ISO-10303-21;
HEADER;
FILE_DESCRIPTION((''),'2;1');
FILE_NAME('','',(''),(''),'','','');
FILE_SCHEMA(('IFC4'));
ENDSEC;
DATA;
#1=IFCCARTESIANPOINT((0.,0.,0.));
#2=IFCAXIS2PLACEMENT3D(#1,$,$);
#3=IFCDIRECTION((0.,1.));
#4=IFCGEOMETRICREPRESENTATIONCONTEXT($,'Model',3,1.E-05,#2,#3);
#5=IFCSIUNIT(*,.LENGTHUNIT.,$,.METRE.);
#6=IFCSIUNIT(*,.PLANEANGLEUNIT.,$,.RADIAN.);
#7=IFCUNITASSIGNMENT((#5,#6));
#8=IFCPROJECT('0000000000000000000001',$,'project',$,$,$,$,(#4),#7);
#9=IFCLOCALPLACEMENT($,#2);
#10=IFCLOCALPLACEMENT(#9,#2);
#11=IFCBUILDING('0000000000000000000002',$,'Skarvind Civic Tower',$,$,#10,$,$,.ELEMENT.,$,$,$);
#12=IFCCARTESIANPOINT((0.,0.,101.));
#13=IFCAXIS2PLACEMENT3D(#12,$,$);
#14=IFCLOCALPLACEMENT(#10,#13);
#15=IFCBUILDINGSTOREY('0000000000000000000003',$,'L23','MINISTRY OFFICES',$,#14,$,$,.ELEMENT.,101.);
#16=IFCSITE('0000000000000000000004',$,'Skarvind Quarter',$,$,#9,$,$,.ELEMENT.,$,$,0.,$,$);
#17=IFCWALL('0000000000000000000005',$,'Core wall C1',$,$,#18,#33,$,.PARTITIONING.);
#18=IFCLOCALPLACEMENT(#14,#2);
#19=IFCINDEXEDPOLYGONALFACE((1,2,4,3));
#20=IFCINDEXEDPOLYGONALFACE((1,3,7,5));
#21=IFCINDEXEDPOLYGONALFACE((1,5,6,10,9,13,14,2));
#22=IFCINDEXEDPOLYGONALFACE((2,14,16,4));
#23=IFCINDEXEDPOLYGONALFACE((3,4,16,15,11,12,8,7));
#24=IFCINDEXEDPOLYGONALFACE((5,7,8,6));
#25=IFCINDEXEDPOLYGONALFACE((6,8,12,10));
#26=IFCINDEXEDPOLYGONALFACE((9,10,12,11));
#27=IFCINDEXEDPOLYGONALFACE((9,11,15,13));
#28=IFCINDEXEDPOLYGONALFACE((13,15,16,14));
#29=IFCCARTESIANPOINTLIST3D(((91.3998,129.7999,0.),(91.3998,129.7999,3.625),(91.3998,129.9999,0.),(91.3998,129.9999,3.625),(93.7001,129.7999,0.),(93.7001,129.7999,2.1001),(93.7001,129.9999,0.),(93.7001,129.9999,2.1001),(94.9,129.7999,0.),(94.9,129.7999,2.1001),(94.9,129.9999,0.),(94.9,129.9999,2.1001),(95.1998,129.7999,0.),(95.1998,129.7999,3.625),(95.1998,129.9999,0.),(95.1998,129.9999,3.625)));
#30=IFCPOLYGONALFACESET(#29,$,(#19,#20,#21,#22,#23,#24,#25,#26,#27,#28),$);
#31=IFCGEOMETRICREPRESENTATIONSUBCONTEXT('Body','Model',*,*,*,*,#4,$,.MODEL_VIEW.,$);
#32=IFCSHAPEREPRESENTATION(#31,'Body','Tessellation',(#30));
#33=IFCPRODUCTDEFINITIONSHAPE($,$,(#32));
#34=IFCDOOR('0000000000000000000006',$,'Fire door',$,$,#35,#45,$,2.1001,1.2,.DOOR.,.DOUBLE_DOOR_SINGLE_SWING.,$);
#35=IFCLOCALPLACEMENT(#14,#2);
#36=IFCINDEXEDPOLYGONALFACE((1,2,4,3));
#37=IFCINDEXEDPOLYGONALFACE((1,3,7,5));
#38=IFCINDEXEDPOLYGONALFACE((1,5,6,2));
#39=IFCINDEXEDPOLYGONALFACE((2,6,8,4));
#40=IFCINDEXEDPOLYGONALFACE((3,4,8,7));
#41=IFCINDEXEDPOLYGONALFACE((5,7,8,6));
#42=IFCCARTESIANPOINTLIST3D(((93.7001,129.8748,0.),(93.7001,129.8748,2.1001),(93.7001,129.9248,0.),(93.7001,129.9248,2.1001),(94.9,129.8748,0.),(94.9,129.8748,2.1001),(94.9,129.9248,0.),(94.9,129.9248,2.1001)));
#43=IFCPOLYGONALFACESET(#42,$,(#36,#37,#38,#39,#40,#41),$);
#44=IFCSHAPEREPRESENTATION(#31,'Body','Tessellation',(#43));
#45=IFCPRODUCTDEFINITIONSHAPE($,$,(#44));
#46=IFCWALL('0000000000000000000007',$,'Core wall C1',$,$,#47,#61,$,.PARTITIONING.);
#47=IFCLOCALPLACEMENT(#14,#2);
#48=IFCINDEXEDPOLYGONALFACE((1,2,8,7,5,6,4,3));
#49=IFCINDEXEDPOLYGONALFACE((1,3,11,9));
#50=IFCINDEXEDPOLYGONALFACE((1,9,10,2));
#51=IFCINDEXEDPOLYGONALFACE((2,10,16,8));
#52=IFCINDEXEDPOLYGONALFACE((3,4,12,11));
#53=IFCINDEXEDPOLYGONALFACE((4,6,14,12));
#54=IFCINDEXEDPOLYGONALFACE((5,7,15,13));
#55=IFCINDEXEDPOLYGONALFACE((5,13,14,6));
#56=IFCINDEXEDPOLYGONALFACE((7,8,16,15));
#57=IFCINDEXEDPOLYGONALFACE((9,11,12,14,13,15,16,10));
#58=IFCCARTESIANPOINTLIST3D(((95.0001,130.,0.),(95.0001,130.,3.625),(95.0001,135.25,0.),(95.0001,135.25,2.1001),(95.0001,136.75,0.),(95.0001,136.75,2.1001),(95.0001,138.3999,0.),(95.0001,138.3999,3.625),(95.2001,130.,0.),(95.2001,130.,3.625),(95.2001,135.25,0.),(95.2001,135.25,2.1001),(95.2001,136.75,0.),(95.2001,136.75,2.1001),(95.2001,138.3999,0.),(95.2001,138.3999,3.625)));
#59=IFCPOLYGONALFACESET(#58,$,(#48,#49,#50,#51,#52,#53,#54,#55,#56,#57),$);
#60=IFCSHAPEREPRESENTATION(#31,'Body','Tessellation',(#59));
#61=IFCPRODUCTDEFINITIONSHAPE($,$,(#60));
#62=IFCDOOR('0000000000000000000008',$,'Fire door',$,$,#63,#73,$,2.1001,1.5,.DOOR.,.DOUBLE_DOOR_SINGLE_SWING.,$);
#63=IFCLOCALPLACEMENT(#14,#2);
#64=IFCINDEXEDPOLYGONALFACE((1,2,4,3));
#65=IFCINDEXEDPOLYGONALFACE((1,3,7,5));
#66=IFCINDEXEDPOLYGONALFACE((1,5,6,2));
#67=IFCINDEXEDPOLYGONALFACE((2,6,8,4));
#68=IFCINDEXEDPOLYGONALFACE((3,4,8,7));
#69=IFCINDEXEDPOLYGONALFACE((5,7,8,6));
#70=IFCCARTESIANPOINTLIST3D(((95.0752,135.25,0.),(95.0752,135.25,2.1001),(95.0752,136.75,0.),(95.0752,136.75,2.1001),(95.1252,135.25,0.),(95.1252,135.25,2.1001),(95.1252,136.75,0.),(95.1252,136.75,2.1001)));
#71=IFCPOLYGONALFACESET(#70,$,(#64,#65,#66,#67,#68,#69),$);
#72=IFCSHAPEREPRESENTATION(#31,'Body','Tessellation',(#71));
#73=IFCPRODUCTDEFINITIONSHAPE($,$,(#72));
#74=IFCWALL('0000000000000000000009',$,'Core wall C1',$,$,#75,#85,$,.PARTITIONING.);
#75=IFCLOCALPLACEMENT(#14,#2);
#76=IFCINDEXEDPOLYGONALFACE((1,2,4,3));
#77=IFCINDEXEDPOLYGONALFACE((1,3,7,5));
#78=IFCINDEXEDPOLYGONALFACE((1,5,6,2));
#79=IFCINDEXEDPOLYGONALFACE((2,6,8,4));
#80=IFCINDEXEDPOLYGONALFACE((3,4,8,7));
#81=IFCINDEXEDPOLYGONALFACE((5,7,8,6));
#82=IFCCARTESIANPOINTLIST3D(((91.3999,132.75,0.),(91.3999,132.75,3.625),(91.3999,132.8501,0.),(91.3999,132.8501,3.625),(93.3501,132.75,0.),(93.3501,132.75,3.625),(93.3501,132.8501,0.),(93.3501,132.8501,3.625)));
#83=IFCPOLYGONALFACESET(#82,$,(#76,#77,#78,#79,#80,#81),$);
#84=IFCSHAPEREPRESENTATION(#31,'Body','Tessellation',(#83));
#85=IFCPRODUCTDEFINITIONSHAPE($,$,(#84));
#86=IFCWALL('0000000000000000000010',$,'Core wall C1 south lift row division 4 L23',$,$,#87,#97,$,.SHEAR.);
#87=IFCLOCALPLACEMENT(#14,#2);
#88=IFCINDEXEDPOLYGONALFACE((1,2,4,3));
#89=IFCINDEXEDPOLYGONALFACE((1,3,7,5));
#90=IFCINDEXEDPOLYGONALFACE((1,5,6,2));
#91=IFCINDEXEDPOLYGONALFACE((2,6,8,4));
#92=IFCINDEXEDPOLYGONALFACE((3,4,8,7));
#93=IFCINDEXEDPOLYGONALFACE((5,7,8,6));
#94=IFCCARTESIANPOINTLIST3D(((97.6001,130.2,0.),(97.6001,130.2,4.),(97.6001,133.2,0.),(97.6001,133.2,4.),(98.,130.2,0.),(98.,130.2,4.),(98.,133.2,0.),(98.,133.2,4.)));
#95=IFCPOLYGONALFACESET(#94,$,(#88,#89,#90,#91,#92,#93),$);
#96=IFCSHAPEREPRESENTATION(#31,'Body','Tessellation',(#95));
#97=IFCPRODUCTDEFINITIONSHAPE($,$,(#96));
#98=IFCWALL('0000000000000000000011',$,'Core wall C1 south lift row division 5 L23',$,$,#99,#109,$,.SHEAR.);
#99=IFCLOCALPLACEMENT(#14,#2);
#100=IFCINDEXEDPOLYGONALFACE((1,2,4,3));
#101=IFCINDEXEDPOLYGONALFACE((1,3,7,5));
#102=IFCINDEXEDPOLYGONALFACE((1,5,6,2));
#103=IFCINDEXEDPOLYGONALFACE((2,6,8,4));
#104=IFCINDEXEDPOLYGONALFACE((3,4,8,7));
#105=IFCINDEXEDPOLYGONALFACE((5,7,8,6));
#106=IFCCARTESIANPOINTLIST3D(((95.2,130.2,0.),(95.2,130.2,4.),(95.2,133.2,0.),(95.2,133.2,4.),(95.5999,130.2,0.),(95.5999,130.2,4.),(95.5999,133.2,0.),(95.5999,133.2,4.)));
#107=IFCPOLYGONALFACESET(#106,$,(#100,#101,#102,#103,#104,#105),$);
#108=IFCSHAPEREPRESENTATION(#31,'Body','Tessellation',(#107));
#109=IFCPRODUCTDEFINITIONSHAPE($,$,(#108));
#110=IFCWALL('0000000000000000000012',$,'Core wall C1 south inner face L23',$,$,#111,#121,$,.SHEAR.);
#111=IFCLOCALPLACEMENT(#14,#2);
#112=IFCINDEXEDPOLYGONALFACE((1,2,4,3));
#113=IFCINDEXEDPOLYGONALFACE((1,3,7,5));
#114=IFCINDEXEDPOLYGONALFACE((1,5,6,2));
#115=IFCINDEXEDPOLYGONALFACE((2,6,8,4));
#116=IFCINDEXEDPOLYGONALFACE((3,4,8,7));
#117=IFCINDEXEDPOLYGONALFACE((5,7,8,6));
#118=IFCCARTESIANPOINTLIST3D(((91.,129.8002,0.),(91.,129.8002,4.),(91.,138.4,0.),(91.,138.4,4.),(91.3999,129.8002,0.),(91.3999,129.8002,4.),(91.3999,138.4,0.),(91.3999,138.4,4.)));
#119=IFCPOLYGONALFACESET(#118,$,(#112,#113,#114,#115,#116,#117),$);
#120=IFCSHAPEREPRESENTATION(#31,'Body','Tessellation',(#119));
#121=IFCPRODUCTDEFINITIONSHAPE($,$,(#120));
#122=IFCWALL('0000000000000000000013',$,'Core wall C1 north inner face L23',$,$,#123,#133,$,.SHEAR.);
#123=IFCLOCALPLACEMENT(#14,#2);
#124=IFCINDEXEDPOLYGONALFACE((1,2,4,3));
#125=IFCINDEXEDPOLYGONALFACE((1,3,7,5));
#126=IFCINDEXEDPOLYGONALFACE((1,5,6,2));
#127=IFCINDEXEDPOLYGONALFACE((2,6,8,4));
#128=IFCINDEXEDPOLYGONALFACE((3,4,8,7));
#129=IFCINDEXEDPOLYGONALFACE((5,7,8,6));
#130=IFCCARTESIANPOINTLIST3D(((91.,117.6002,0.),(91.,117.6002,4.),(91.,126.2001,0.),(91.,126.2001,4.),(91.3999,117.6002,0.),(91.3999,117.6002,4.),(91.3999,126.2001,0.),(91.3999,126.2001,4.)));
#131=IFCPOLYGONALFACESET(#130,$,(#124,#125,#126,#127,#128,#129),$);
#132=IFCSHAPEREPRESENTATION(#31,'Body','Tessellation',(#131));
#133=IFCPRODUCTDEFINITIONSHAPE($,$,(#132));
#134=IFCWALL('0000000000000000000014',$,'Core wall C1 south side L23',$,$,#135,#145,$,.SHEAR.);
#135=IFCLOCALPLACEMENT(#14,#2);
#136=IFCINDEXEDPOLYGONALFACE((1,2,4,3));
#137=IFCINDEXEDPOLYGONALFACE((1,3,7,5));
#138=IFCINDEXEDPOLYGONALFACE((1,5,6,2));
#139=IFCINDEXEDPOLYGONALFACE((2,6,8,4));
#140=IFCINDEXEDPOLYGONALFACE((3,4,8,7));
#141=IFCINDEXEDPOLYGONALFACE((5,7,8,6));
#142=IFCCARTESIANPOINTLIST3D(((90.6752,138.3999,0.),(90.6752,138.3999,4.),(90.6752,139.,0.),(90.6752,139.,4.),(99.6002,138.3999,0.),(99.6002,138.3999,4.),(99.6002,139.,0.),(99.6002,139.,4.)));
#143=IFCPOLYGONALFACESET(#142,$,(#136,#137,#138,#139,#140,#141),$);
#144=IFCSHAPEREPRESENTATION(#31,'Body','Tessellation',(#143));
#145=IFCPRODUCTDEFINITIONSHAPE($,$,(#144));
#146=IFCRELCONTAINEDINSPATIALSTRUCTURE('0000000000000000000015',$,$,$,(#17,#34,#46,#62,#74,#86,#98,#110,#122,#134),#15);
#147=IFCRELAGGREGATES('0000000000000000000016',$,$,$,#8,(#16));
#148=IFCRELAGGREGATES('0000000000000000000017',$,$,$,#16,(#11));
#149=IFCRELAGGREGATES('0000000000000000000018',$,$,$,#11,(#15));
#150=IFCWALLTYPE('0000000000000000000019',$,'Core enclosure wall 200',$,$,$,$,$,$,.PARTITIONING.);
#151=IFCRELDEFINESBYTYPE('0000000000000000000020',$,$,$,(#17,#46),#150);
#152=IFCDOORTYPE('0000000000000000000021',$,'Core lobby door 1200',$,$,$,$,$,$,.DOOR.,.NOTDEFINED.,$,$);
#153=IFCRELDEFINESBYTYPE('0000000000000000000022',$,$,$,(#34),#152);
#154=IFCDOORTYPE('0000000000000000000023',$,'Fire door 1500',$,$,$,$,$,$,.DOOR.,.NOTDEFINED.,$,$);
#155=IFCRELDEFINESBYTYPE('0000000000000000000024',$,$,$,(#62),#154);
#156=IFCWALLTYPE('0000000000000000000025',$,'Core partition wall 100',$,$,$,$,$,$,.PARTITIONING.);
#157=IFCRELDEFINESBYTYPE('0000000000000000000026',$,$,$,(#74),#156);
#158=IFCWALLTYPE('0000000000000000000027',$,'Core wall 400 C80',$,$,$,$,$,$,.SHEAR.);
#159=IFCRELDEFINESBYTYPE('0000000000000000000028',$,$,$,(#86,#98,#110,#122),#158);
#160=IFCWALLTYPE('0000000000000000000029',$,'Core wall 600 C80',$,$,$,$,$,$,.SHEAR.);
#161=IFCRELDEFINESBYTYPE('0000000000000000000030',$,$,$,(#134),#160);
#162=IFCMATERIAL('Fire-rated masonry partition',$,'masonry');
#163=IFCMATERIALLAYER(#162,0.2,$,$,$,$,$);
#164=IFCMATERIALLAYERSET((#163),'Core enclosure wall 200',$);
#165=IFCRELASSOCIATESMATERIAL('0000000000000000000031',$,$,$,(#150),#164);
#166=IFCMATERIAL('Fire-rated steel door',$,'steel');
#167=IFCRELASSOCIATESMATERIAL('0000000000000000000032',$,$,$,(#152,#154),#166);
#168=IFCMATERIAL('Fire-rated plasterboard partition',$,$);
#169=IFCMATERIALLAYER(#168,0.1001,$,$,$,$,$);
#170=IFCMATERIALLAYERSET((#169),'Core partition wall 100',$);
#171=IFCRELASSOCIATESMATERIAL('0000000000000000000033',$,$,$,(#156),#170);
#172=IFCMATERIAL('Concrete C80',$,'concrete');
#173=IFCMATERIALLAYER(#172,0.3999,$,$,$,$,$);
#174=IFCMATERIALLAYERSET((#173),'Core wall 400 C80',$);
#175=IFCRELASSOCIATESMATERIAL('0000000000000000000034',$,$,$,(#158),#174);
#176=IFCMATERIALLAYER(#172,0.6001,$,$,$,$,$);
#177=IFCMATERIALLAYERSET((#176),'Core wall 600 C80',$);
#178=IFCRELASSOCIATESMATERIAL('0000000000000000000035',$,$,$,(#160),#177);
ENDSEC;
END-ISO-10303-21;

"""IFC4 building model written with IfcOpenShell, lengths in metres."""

from ifc_helpers import new_model, si_unit, direction, frame, frame_2d, origin, place, context, subcontext, project, spatial, rectangle, extrude, material, layer, layer_set, type_object, element, fill, save


model = new_model("IFC4")

# Units and contexts
model_context = context("Model", 3, precision=1e-05, world=origin(), true_north=direction((0.0, 1.0)))
body_context = subcontext(model_context, "Body", "Model", "MODEL_VIEW")
ifc_project = project(units=[si_unit("LENGTHUNIT", "METRE"), si_unit("PLANEANGLEUNIT", "RADIAN")], contexts=[model_context])

# Site, building, storey
site_placement = place(None, origin())
site = spatial("IfcSite", under=ifc_project, at=site_placement, Name="Skarvind Quarter", CompositionType="ELEMENT", RefElevation=0.0)
building_placement = place(site_placement, origin())
building = spatial("IfcBuilding", under=site, at=building_placement, Name="Skarvind Civic Tower", CompositionType="ELEMENT")
storey_placement = place(building_placement, frame((0.0, 0.0, 101.0)))
storey = spatial("IfcBuildingStorey", under=building, at=storey_placement, Name="L23", Description="MINISTRY OFFICES", CompositionType="ELEMENT", Elevation=101.0)

# Walls, openings, doors
ifc_material_1 = material(Name="Fire-rated masonry partition", Category="masonry")
ifc_layer_1 = layer(ifc_material_1, 0.2)
ifc_layer_set_1 = layer_set([ifc_layer_1], Name="Core enclosure wall 200")
wall_type_1 = type_object("IfcWallType", Name="Core enclosure wall 200", PredefinedType="PARTITIONING", material=ifc_layer_set_1)
wall_1_placement = place(storey_placement, frame((91.3999, 129.8999, 0.0), z_axis=(0.0, 0.0, 1.0), x_axis=(1.0, 0.0, 0.0)))
wall_1 = element("IfcWall", 1, at=wall_1_placement, inside=storey, type_object=wall_type_1, Name="Core wall C1", PredefinedType="PARTITIONING", context=body_context, shape_type="SweptSolid", body=[
    extrude(rectangle(XDim=3.8, YDim=0.2, at=frame_2d((1.8999, 0.0))), origin(), (0.0, 0.0, 1.0), 3.625),
])
opening_1_placement = place(wall_1_placement, frame((2.3, 0.0, 0.0)))
opening_1 = element("IfcOpeningElement", 2, at=opening_1_placement, cuts=wall_1, PredefinedType="OPENING", context=body_context, shape_type="SweptSolid", body=[
    extrude(rectangle(XDim=1.2, YDim=2.1001, at=frame_2d((0.6001, 1.05))), frame((0.0, 0.1099, 0.0), z_axis=(0.0, -1.0, 0.0), x_axis=(1.0, 0.0, 0.0)), (0.0, 0.0, 1.0), 0.22),
])
ifc_material_2 = material(Name="Fire-rated steel door", Category="steel")
door_type_1 = type_object("IfcDoorType", Name="Core lobby door 1200", OperationType="NOTDEFINED", PredefinedType="DOOR", material=ifc_material_2)
door_1_placement = place(opening_1_placement, origin())
door_1 = element("IfcDoor", 3, at=door_1_placement, inside=storey, type_object=door_type_1, Name="Fire door", OperationType="DOUBLE_DOOR_SINGLE_SWING", OverallHeight=2.1001, OverallWidth=1.2, PredefinedType="DOOR", context=body_context, shape_type="SweptSolid", body=[
    extrude(rectangle(XDim=1.2, YDim=2.1001, at=frame_2d((0.6001, 1.05))), frame((0.0, 0.0249, 0.0), z_axis=(0.0, -1.0, 0.0), x_axis=(1.0, 0.0, 0.0)), (0.0, 0.0, 1.0), 0.05),
])
fill(opening_1, door_1)
wall_2_placement = place(storey_placement, frame((95.1001, 130.0, 0.0), z_axis=(0.0, 0.0, 1.0), x_axis=(0.0, 1.0, 0.0)))
wall_2 = element("IfcWall", 4, at=wall_2_placement, inside=storey, type_object=wall_type_1, Name="Core wall C1", PredefinedType="PARTITIONING", context=body_context, shape_type="SweptSolid", body=[
    extrude(rectangle(XDim=8.3999, YDim=0.2, at=frame_2d((4.2, 0.0))), origin(), (0.0, 0.0, 1.0), 3.625),
])
opening_2_placement = place(wall_2_placement, frame((5.25, 0.0, 0.0)))
opening_2 = element("IfcOpeningElement", 5, at=opening_2_placement, cuts=wall_2, PredefinedType="OPENING", context=body_context, shape_type="SweptSolid", body=[
    extrude(rectangle(XDim=1.5, YDim=2.1001, at=frame_2d((0.75, 1.05))), frame((0.0, 0.1099, 0.0), z_axis=(0.0, -1.0, 0.0), x_axis=(1.0, 0.0, 0.0)), (0.0, 0.0, 1.0), 0.22),
])
door_type_2 = type_object("IfcDoorType", Name="Fire door 1500", OperationType="NOTDEFINED", PredefinedType="DOOR", material=ifc_material_2)
door_2_placement = place(opening_2_placement, origin())
door_2 = element("IfcDoor", 6, at=door_2_placement, inside=storey, type_object=door_type_2, Name="Fire door", OperationType="DOUBLE_DOOR_SINGLE_SWING", OverallHeight=2.1001, OverallWidth=1.5, PredefinedType="DOOR", context=body_context, shape_type="SweptSolid", body=[
    extrude(rectangle(XDim=1.5, YDim=2.1001, at=frame_2d((0.75, 1.05))), frame((0.0, 0.0249, 0.0), z_axis=(0.0, -1.0, 0.0), x_axis=(1.0, 0.0, 0.0)), (0.0, 0.0, 1.0), 0.05),
])
fill(opening_2, door_2)

# Walls
ifc_material_3 = material(Name="Fire-rated plasterboard partition")
ifc_layer_2 = layer(ifc_material_3, 0.1001)
ifc_layer_set_2 = layer_set([ifc_layer_2], Name="Core partition wall 100")
wall_type_2 = type_object("IfcWallType", Name="Core partition wall 100", PredefinedType="PARTITIONING", material=ifc_layer_set_2)
wall_3_placement = place(storey_placement, frame((91.3999, 132.8, 0.0), z_axis=(0.0, 0.0, 1.0), x_axis=(1.0, 0.0, 0.0)))
element("IfcWall", 7, at=wall_3_placement, inside=storey, type_object=wall_type_2, Name="Core wall C1", PredefinedType="PARTITIONING", context=body_context, shape_type="SweptSolid", body=[
    extrude(rectangle(XDim=1.9502, YDim=0.1001, at=frame_2d((0.9751, 0.0))), origin(), (0.0, 0.0, 1.0), 3.625),
])
ifc_material_4 = material(Name="Concrete C80", Category="concrete")
ifc_layer_3 = layer(ifc_material_4, 0.3999)
ifc_layer_set_3 = layer_set([ifc_layer_3], Name="Core wall 400 C80")
wall_type_3 = type_object("IfcWallType", Name="Core wall 400 C80", PredefinedType="SHEAR", material=ifc_layer_set_3)
for number, where, z_axis, x_axis, name in (
    (8, (97.8, 133.2, 0.0), (0.0, 0.0, 1.0), (0.0, -1.0, 0.0), "Core wall C1 south lift row division 4 L23"),
    (9, (95.3999, 133.2, 0.0), (0.0, 0.0, 1.0), (0.0, -1.0, 0.0), "Core wall C1 south lift row division 5 L23"),
):
    element("IfcWall", number, at=place(storey_placement, frame(where, z_axis=z_axis, x_axis=x_axis)), inside=storey, type_object=wall_type_3, Name=name, PredefinedType="SHEAR", context=body_context, shape_type="SweptSolid", body=[
        extrude(rectangle(XDim=3.0, YDim=0.3999, at=frame_2d((1.5, 0.0))), origin(), (0.0, 0.0, 1.0), 4.0),
    ])
for number, where, z_axis, x_axis, name in (
    (10, (91.2, 138.3999, 0.0), (0.0, 0.0, 1.0), (0.0, -1.0, 0.0), "Core wall C1 south inner face L23"),
    (11, (91.2, 126.2, 0.0), (0.0, 0.0, 1.0), (0.0, -1.0, 0.0), "Core wall C1 north inner face L23"),
):
    element("IfcWall", number, at=place(storey_placement, frame(where, z_axis=z_axis, x_axis=x_axis)), inside=storey, type_object=wall_type_3, Name=name, PredefinedType="SHEAR", context=body_context, shape_type="SweptSolid", body=[
        extrude(rectangle(XDim=8.5999, YDim=0.3999, at=frame_2d((4.2998, 0.0))), origin(), (0.0, 0.0, 1.0), 4.0),
    ])
ifc_layer_4 = layer(ifc_material_4, 0.6001)
ifc_layer_set_4 = layer_set([ifc_layer_4], Name="Core wall 600 C80")
wall_type_4 = type_object("IfcWallType", Name="Core wall 600 C80", PredefinedType="SHEAR", material=ifc_layer_set_4)
wall_4_placement = place(storey_placement, frame((99.6001, 138.7, 0.0), z_axis=(0.0, 0.0, 1.0), x_axis=(-1.0, 0.0, 0.0)))
element("IfcWall", 12, at=wall_4_placement, inside=storey, type_object=wall_type_4, Name="Core wall C1 south side L23", PredefinedType="SHEAR", context=body_context, shape_type="SweptSolid", body=[
    extrude(rectangle(XDim=8.925, YDim=0.6001, at=frame_2d((4.4624, 0.0))), origin(), (0.0, 0.0, 1.0), 4.0),
])

save(model, "model.ifc")
